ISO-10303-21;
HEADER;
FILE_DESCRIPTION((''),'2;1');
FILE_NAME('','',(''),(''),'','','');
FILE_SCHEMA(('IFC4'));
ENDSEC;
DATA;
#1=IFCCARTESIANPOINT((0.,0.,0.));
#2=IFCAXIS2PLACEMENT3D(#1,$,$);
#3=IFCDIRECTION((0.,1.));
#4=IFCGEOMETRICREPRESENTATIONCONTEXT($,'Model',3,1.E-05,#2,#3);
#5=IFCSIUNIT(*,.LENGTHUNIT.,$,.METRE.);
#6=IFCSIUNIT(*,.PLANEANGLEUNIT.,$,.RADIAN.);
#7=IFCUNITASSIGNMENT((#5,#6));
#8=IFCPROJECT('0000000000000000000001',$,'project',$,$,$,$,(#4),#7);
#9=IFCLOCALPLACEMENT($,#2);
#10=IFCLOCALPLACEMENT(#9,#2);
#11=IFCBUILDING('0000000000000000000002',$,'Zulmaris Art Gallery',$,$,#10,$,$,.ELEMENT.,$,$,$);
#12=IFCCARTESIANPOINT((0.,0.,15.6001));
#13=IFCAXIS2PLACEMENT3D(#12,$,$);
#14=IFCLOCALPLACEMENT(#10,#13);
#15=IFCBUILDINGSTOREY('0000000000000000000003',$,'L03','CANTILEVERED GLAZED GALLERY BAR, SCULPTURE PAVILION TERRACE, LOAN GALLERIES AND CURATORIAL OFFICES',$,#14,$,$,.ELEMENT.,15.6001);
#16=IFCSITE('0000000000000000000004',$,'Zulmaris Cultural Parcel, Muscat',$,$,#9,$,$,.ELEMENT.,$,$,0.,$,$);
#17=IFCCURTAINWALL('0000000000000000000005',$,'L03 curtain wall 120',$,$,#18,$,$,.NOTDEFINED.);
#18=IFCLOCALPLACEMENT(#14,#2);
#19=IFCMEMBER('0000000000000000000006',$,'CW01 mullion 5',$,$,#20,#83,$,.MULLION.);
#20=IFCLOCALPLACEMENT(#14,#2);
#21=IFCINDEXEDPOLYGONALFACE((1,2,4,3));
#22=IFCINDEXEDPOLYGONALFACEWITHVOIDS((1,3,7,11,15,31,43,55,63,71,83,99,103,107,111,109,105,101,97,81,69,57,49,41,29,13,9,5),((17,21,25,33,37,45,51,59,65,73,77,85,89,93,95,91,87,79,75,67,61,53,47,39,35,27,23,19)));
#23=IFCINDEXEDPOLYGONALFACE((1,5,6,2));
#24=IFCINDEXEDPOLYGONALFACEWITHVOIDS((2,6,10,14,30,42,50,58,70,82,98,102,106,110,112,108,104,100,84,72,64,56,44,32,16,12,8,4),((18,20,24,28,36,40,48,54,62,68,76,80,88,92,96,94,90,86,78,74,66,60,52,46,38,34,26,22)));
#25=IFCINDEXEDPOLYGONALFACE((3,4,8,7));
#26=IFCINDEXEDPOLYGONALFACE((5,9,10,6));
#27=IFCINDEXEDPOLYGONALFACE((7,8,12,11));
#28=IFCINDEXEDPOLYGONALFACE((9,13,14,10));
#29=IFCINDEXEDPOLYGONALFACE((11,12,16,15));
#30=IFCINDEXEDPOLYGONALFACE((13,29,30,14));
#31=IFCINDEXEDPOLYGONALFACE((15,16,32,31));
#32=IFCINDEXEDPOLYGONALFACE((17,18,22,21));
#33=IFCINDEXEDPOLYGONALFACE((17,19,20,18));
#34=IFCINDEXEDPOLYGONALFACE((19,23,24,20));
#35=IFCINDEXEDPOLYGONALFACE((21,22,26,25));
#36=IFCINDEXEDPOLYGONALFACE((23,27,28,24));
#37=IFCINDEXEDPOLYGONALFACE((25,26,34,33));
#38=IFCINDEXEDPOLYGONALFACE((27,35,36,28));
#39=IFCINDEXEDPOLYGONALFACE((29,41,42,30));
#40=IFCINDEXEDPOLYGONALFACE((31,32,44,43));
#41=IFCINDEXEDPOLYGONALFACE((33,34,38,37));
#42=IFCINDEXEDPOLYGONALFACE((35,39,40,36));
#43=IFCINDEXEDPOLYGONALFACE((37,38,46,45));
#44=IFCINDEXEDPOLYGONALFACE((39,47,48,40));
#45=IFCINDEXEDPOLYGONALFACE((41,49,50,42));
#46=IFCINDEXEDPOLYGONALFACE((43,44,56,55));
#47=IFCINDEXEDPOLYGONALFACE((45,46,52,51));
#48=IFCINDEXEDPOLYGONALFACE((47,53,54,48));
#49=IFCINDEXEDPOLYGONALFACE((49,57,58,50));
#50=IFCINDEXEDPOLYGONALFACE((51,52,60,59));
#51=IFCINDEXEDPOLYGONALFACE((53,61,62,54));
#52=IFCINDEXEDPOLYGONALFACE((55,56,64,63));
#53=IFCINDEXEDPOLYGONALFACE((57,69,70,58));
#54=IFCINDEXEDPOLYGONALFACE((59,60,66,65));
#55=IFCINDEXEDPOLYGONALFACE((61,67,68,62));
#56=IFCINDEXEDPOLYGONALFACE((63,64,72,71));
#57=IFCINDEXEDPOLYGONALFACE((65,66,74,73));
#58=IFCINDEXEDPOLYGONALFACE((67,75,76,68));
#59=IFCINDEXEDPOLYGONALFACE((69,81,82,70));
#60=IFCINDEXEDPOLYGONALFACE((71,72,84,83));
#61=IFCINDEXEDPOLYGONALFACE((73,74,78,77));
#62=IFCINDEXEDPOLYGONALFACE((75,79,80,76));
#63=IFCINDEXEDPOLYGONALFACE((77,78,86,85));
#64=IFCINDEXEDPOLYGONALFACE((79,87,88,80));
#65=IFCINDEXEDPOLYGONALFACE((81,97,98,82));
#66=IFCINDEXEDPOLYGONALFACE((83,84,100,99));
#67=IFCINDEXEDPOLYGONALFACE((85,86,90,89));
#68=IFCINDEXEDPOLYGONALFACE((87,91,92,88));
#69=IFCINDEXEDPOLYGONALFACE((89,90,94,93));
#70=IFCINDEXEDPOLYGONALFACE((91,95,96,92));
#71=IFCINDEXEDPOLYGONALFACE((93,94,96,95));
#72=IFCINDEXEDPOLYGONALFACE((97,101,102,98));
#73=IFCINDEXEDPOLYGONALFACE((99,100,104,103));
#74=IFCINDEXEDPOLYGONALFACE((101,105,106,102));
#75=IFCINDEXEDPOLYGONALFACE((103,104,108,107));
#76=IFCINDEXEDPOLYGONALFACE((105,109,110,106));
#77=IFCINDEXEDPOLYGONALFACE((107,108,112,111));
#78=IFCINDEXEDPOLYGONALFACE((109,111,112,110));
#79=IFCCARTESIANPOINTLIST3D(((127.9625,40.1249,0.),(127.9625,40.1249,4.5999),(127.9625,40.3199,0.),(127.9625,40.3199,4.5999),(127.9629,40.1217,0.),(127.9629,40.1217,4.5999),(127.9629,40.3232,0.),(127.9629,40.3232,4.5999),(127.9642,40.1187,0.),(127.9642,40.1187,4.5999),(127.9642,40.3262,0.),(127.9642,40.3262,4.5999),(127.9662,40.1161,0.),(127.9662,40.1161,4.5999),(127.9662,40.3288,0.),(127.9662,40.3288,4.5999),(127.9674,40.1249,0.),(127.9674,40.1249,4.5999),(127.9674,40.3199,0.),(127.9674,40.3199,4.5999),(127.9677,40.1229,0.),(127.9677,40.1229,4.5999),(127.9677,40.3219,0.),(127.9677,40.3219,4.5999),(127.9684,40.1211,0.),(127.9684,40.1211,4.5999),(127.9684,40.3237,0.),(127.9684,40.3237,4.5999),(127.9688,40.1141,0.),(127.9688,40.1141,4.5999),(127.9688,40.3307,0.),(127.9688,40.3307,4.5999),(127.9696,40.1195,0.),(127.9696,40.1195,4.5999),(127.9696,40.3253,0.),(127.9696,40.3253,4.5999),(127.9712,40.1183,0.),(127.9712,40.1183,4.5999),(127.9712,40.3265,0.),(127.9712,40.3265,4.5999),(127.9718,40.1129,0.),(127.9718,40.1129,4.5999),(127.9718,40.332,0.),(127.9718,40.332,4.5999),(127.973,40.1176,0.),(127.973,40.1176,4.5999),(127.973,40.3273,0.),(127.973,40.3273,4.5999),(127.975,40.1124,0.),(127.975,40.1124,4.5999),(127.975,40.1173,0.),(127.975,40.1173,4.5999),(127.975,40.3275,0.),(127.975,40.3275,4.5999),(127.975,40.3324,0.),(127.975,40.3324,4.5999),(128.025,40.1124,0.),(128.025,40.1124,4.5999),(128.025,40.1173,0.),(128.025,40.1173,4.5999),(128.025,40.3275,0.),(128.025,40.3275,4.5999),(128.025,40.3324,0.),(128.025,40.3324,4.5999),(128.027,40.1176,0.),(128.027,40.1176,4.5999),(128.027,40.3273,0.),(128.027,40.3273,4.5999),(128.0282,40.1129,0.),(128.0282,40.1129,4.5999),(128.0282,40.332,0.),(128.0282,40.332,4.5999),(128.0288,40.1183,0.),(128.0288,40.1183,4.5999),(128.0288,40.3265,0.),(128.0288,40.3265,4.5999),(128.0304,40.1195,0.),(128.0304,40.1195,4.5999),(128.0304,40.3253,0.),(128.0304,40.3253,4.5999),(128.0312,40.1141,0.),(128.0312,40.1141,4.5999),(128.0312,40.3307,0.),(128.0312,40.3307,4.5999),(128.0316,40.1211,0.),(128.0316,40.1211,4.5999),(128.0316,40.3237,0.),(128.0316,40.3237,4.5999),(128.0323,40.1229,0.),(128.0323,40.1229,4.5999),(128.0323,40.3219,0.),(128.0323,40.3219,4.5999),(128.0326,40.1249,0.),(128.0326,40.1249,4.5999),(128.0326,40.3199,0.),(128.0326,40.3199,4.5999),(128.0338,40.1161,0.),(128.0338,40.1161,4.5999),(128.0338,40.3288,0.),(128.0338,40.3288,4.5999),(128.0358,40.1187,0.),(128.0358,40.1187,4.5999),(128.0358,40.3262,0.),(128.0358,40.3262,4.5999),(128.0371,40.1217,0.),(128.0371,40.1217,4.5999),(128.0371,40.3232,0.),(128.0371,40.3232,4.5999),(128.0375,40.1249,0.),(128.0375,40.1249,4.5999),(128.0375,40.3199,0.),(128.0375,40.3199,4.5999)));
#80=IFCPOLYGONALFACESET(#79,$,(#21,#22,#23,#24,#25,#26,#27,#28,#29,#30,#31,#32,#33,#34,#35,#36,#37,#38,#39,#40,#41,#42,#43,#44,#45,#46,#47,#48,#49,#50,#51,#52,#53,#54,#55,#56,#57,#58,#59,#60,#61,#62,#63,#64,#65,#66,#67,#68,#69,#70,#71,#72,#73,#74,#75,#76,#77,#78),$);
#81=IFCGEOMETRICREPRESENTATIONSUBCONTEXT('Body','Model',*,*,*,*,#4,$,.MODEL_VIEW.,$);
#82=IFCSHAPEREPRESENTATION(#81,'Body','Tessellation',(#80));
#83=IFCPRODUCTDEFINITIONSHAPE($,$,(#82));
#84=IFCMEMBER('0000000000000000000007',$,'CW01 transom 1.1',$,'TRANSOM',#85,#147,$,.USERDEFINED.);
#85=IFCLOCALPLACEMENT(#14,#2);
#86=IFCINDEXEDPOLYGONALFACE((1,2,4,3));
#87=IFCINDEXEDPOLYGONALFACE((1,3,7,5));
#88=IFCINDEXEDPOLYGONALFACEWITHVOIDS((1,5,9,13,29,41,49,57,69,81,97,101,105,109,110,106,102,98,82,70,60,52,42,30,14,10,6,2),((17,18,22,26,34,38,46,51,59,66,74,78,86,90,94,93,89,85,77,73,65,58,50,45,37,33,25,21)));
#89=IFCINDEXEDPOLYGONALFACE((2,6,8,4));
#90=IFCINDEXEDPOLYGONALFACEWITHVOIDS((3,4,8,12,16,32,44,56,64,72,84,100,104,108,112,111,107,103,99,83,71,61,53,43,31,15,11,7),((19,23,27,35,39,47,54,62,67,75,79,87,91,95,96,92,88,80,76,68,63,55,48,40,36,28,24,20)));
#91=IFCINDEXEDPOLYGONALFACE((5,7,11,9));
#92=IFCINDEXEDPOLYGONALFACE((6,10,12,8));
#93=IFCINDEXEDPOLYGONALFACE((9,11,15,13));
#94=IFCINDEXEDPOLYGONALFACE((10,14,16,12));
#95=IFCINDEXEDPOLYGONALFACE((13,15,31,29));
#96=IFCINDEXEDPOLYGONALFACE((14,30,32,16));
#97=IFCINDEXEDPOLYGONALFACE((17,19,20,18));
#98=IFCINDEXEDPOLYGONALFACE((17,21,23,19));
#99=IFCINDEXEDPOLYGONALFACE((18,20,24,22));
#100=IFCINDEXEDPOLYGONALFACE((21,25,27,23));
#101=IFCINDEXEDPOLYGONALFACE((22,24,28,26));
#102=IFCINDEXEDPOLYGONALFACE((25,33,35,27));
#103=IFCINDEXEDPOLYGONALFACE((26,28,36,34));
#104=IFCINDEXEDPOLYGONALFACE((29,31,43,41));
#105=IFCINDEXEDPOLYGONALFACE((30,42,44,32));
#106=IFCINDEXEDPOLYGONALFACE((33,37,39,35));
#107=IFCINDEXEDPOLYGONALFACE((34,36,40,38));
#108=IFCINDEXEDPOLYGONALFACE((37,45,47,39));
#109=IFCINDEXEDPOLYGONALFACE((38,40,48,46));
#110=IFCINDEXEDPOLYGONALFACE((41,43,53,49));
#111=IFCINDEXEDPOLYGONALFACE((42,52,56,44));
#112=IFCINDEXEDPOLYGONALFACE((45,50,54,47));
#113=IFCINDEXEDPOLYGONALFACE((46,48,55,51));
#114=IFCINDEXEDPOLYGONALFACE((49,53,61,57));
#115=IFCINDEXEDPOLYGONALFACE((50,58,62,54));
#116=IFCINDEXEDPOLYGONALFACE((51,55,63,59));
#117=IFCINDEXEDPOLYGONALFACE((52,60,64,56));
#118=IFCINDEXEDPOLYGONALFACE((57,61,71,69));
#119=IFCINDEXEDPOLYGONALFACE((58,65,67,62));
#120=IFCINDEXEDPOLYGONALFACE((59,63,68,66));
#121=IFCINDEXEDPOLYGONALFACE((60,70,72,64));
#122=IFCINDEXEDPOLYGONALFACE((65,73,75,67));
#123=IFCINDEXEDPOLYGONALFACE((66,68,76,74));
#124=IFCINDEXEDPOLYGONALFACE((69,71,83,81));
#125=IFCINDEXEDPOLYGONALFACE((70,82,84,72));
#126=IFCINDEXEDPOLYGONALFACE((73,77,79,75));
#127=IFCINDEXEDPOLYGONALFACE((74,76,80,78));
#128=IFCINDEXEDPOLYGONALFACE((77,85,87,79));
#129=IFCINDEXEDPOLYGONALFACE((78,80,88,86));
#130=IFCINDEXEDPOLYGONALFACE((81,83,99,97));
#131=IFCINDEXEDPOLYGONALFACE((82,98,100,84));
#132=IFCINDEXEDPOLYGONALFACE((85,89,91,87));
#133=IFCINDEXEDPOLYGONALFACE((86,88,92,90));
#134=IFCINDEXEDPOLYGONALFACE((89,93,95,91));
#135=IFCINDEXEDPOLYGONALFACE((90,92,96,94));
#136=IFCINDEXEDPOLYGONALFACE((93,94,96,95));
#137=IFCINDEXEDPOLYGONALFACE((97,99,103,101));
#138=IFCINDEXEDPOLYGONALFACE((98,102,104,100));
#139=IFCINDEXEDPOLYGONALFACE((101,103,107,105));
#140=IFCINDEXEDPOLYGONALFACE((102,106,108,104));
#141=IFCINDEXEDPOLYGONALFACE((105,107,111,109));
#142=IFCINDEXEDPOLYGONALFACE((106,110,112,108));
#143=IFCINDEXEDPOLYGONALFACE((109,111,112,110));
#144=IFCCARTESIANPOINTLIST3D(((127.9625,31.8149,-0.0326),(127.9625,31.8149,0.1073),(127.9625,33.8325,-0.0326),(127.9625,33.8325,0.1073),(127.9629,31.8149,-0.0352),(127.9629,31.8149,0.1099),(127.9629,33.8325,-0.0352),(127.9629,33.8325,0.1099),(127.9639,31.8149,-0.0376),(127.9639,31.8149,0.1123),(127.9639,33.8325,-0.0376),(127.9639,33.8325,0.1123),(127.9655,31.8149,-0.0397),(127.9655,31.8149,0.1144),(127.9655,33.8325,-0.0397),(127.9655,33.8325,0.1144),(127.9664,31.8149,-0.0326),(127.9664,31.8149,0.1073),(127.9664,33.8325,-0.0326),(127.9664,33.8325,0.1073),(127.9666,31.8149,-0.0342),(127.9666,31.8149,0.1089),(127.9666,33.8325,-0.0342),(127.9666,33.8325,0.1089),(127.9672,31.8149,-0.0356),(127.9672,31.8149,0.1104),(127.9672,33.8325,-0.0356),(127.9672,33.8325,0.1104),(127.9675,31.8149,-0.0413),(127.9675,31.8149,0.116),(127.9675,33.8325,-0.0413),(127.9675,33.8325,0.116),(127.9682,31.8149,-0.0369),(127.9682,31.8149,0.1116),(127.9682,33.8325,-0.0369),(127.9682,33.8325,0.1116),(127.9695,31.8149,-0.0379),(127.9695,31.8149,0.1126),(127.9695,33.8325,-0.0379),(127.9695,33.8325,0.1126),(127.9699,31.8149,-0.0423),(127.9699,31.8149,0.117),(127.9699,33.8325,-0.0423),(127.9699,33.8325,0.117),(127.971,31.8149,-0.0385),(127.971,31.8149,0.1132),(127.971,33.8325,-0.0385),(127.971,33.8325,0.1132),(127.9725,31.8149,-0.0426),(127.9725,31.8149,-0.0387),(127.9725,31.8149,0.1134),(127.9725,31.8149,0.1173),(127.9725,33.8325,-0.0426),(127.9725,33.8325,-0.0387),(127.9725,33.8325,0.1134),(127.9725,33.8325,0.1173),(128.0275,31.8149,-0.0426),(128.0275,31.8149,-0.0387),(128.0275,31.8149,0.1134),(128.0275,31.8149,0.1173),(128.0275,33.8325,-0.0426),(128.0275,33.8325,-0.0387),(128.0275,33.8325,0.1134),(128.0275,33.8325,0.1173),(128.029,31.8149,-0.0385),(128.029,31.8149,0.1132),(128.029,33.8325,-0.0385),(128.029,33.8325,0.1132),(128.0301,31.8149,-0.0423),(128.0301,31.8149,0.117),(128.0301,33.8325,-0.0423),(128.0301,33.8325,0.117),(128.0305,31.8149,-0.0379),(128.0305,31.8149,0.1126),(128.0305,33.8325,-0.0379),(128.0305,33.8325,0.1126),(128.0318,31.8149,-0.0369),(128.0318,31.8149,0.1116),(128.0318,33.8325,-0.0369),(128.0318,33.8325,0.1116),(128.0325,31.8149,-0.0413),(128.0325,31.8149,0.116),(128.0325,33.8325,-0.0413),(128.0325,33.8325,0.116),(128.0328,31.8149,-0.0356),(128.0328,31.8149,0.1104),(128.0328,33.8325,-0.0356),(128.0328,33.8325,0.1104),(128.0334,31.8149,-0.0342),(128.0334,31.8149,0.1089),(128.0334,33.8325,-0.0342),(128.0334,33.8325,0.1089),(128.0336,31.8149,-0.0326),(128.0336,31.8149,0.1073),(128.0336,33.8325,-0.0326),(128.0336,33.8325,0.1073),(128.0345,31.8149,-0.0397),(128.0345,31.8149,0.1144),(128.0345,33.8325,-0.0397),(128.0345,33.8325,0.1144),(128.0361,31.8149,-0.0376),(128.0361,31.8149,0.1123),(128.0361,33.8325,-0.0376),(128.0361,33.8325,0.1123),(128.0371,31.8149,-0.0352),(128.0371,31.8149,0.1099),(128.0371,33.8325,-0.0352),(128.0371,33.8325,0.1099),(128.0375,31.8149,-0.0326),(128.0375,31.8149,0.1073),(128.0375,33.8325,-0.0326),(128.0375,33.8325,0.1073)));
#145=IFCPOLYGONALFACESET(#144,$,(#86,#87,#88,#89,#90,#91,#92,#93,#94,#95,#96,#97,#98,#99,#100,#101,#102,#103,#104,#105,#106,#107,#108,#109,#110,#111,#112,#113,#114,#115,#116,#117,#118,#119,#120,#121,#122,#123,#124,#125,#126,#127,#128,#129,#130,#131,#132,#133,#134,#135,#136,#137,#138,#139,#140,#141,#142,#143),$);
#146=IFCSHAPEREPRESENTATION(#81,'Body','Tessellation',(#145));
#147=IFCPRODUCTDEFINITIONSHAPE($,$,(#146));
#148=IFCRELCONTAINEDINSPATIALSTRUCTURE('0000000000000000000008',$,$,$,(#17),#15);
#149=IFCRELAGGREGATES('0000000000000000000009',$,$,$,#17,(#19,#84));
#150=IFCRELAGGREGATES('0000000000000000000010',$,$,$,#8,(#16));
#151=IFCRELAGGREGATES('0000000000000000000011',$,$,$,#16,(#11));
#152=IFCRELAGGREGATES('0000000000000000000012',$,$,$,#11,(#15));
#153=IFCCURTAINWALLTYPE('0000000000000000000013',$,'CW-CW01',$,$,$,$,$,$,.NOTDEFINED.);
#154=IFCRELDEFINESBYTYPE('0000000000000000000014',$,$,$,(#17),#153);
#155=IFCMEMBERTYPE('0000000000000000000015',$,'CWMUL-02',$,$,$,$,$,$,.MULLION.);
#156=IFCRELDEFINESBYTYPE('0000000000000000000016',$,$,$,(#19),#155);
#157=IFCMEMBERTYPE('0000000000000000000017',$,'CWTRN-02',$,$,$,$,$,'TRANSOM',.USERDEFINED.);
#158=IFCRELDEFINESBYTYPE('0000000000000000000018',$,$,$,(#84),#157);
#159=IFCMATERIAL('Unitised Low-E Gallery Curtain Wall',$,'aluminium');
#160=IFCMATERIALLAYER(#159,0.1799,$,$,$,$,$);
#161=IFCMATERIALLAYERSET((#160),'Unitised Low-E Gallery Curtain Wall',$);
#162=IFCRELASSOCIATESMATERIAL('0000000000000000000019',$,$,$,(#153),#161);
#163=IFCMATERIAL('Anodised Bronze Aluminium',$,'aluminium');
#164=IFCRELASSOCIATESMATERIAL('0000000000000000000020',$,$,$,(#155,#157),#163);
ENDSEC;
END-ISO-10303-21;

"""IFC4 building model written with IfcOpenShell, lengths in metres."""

from ifc_helpers import new_model, si_unit, direction, frame, origin, origin_2d, place, context, subcontext, project, spatial, hollow_rectangle, extrude, material, layer, layer_set, material_profile, profile_set, type_object, element, aggregate, save


model = new_model("IFC4")

# Units and contexts
model_context = context("Model", 3, precision=1e-05, world=origin(), true_north=direction((0.0, 1.0)))
body_context = subcontext(model_context, "Body", "Model", "MODEL_VIEW")
ifc_project = project(units=[si_unit("LENGTHUNIT", "METRE"), si_unit("PLANEANGLEUNIT", "RADIAN")], contexts=[model_context])

# Site, building, storey
site_placement = place(None, origin())
site = spatial("IfcSite", under=ifc_project, at=site_placement, Name="Zulmaris Cultural Parcel, Muscat", CompositionType="ELEMENT", RefElevation=0.0)
building_placement = place(site_placement, origin())
building = spatial("IfcBuilding", under=site, at=building_placement, Name="Zulmaris Art Gallery", CompositionType="ELEMENT")
storey_placement = place(building_placement, frame((0.0, 0.0, 15.6001)))
storey = spatial("IfcBuildingStorey", under=building, at=storey_placement, Name="L03", Description="CANTILEVERED GLAZED GALLERY BAR, SCULPTURE PAVILION TERRACE, LOAN GALLERIES AND CURATORIAL OFFICES", CompositionType="ELEMENT", Elevation=15.6001)

# Curtain wall, members
ifc_material_1 = material(Name="Unitised Low-E Gallery Curtain Wall", Category="aluminium")
ifc_layer_1 = layer(ifc_material_1, 0.1799)
ifc_layer_set_1 = layer_set([ifc_layer_1], Name="Unitised Low-E Gallery Curtain Wall")
curtain_wall_type = type_object("IfcCurtainWallType", Name="CW-CW01", PredefinedType="NOTDEFINED", material=ifc_layer_set_1)
curtain_wall_placement = place(storey_placement, origin())
curtain_wall = element("IfcCurtainWall", 1, at=curtain_wall_placement, inside=storey, type_object=curtain_wall_type, Name="L03 curtain wall 120", PredefinedType="NOTDEFINED")
ifc_material_2 = material(Name="Anodised Bronze Aluminium", Category="aluminium")
ifc_material_profile_1 = material_profile(ifc_material_2, hollow_rectangle(XDim=0.075, YDim=0.22, WallThickness=0.0049, InnerFilletRadius=0.0076, OuterFilletRadius=0.0125, at=origin_2d()), Name="ALU 75x220x5")
ifc_profile_set_1 = profile_set([ifc_material_profile_1], Name="Anodised Bronze Aluminium")
member_type_1 = type_object("IfcMemberType", Name="CWMUL-02", PredefinedType="MULLION", material=ifc_profile_set_1)
member_1_placement = place(storey_placement, frame((128.0, 40.2224, 0.0), z_axis=(0.0, 0.0, 1.0), x_axis=(-1.0, 0.0, 0.0)))
member_1 = element("IfcMember", 2, at=member_1_placement, type_object=member_type_1, Name="CW01 mullion 5", PredefinedType="MULLION", context=body_context, shape_type="SweptSolid", body=[
    extrude(hollow_rectangle(XDim=0.075, YDim=0.22, WallThickness=0.0049, InnerFilletRadius=0.0076, OuterFilletRadius=0.0125, at=origin_2d()), origin(), (0.0, 0.0, 1.0), 4.5999),
])
ifc_material_profile_2 = material_profile(ifc_material_2, hollow_rectangle(XDim=0.075, YDim=0.1599, WallThickness=0.0039, InnerFilletRadius=0.0061, OuterFilletRadius=0.01, at=origin_2d()), Name="ALU 75x160x4")
ifc_profile_set_2 = profile_set([ifc_material_profile_2], Name="Anodised Bronze Aluminium")
member_type_2 = type_object("IfcMemberType", Name="CWTRN-02", ElementType="TRANSOM", PredefinedType="USERDEFINED", material=ifc_profile_set_2)
member_2_placement = place(storey_placement, frame((128.0, 31.8149, 0.0374), z_axis=(0.0, 1.0, 0.0), x_axis=(-1.0, 0.0, 0.0)))
member_2 = element("IfcMember", 3, at=member_2_placement, type_object=member_type_2, Name="CW01 transom 1.1", ObjectType="TRANSOM", PredefinedType="USERDEFINED", context=body_context, shape_type="SweptSolid", body=[
    extrude(hollow_rectangle(XDim=0.075, YDim=0.1599, WallThickness=0.0039, InnerFilletRadius=0.0061, OuterFilletRadius=0.01, at=origin_2d()), origin(), (0.0, 0.0, 1.0), 2.0176),
])
aggregate(curtain_wall, [member_1, member_2])

save(model, "model.ifc")
